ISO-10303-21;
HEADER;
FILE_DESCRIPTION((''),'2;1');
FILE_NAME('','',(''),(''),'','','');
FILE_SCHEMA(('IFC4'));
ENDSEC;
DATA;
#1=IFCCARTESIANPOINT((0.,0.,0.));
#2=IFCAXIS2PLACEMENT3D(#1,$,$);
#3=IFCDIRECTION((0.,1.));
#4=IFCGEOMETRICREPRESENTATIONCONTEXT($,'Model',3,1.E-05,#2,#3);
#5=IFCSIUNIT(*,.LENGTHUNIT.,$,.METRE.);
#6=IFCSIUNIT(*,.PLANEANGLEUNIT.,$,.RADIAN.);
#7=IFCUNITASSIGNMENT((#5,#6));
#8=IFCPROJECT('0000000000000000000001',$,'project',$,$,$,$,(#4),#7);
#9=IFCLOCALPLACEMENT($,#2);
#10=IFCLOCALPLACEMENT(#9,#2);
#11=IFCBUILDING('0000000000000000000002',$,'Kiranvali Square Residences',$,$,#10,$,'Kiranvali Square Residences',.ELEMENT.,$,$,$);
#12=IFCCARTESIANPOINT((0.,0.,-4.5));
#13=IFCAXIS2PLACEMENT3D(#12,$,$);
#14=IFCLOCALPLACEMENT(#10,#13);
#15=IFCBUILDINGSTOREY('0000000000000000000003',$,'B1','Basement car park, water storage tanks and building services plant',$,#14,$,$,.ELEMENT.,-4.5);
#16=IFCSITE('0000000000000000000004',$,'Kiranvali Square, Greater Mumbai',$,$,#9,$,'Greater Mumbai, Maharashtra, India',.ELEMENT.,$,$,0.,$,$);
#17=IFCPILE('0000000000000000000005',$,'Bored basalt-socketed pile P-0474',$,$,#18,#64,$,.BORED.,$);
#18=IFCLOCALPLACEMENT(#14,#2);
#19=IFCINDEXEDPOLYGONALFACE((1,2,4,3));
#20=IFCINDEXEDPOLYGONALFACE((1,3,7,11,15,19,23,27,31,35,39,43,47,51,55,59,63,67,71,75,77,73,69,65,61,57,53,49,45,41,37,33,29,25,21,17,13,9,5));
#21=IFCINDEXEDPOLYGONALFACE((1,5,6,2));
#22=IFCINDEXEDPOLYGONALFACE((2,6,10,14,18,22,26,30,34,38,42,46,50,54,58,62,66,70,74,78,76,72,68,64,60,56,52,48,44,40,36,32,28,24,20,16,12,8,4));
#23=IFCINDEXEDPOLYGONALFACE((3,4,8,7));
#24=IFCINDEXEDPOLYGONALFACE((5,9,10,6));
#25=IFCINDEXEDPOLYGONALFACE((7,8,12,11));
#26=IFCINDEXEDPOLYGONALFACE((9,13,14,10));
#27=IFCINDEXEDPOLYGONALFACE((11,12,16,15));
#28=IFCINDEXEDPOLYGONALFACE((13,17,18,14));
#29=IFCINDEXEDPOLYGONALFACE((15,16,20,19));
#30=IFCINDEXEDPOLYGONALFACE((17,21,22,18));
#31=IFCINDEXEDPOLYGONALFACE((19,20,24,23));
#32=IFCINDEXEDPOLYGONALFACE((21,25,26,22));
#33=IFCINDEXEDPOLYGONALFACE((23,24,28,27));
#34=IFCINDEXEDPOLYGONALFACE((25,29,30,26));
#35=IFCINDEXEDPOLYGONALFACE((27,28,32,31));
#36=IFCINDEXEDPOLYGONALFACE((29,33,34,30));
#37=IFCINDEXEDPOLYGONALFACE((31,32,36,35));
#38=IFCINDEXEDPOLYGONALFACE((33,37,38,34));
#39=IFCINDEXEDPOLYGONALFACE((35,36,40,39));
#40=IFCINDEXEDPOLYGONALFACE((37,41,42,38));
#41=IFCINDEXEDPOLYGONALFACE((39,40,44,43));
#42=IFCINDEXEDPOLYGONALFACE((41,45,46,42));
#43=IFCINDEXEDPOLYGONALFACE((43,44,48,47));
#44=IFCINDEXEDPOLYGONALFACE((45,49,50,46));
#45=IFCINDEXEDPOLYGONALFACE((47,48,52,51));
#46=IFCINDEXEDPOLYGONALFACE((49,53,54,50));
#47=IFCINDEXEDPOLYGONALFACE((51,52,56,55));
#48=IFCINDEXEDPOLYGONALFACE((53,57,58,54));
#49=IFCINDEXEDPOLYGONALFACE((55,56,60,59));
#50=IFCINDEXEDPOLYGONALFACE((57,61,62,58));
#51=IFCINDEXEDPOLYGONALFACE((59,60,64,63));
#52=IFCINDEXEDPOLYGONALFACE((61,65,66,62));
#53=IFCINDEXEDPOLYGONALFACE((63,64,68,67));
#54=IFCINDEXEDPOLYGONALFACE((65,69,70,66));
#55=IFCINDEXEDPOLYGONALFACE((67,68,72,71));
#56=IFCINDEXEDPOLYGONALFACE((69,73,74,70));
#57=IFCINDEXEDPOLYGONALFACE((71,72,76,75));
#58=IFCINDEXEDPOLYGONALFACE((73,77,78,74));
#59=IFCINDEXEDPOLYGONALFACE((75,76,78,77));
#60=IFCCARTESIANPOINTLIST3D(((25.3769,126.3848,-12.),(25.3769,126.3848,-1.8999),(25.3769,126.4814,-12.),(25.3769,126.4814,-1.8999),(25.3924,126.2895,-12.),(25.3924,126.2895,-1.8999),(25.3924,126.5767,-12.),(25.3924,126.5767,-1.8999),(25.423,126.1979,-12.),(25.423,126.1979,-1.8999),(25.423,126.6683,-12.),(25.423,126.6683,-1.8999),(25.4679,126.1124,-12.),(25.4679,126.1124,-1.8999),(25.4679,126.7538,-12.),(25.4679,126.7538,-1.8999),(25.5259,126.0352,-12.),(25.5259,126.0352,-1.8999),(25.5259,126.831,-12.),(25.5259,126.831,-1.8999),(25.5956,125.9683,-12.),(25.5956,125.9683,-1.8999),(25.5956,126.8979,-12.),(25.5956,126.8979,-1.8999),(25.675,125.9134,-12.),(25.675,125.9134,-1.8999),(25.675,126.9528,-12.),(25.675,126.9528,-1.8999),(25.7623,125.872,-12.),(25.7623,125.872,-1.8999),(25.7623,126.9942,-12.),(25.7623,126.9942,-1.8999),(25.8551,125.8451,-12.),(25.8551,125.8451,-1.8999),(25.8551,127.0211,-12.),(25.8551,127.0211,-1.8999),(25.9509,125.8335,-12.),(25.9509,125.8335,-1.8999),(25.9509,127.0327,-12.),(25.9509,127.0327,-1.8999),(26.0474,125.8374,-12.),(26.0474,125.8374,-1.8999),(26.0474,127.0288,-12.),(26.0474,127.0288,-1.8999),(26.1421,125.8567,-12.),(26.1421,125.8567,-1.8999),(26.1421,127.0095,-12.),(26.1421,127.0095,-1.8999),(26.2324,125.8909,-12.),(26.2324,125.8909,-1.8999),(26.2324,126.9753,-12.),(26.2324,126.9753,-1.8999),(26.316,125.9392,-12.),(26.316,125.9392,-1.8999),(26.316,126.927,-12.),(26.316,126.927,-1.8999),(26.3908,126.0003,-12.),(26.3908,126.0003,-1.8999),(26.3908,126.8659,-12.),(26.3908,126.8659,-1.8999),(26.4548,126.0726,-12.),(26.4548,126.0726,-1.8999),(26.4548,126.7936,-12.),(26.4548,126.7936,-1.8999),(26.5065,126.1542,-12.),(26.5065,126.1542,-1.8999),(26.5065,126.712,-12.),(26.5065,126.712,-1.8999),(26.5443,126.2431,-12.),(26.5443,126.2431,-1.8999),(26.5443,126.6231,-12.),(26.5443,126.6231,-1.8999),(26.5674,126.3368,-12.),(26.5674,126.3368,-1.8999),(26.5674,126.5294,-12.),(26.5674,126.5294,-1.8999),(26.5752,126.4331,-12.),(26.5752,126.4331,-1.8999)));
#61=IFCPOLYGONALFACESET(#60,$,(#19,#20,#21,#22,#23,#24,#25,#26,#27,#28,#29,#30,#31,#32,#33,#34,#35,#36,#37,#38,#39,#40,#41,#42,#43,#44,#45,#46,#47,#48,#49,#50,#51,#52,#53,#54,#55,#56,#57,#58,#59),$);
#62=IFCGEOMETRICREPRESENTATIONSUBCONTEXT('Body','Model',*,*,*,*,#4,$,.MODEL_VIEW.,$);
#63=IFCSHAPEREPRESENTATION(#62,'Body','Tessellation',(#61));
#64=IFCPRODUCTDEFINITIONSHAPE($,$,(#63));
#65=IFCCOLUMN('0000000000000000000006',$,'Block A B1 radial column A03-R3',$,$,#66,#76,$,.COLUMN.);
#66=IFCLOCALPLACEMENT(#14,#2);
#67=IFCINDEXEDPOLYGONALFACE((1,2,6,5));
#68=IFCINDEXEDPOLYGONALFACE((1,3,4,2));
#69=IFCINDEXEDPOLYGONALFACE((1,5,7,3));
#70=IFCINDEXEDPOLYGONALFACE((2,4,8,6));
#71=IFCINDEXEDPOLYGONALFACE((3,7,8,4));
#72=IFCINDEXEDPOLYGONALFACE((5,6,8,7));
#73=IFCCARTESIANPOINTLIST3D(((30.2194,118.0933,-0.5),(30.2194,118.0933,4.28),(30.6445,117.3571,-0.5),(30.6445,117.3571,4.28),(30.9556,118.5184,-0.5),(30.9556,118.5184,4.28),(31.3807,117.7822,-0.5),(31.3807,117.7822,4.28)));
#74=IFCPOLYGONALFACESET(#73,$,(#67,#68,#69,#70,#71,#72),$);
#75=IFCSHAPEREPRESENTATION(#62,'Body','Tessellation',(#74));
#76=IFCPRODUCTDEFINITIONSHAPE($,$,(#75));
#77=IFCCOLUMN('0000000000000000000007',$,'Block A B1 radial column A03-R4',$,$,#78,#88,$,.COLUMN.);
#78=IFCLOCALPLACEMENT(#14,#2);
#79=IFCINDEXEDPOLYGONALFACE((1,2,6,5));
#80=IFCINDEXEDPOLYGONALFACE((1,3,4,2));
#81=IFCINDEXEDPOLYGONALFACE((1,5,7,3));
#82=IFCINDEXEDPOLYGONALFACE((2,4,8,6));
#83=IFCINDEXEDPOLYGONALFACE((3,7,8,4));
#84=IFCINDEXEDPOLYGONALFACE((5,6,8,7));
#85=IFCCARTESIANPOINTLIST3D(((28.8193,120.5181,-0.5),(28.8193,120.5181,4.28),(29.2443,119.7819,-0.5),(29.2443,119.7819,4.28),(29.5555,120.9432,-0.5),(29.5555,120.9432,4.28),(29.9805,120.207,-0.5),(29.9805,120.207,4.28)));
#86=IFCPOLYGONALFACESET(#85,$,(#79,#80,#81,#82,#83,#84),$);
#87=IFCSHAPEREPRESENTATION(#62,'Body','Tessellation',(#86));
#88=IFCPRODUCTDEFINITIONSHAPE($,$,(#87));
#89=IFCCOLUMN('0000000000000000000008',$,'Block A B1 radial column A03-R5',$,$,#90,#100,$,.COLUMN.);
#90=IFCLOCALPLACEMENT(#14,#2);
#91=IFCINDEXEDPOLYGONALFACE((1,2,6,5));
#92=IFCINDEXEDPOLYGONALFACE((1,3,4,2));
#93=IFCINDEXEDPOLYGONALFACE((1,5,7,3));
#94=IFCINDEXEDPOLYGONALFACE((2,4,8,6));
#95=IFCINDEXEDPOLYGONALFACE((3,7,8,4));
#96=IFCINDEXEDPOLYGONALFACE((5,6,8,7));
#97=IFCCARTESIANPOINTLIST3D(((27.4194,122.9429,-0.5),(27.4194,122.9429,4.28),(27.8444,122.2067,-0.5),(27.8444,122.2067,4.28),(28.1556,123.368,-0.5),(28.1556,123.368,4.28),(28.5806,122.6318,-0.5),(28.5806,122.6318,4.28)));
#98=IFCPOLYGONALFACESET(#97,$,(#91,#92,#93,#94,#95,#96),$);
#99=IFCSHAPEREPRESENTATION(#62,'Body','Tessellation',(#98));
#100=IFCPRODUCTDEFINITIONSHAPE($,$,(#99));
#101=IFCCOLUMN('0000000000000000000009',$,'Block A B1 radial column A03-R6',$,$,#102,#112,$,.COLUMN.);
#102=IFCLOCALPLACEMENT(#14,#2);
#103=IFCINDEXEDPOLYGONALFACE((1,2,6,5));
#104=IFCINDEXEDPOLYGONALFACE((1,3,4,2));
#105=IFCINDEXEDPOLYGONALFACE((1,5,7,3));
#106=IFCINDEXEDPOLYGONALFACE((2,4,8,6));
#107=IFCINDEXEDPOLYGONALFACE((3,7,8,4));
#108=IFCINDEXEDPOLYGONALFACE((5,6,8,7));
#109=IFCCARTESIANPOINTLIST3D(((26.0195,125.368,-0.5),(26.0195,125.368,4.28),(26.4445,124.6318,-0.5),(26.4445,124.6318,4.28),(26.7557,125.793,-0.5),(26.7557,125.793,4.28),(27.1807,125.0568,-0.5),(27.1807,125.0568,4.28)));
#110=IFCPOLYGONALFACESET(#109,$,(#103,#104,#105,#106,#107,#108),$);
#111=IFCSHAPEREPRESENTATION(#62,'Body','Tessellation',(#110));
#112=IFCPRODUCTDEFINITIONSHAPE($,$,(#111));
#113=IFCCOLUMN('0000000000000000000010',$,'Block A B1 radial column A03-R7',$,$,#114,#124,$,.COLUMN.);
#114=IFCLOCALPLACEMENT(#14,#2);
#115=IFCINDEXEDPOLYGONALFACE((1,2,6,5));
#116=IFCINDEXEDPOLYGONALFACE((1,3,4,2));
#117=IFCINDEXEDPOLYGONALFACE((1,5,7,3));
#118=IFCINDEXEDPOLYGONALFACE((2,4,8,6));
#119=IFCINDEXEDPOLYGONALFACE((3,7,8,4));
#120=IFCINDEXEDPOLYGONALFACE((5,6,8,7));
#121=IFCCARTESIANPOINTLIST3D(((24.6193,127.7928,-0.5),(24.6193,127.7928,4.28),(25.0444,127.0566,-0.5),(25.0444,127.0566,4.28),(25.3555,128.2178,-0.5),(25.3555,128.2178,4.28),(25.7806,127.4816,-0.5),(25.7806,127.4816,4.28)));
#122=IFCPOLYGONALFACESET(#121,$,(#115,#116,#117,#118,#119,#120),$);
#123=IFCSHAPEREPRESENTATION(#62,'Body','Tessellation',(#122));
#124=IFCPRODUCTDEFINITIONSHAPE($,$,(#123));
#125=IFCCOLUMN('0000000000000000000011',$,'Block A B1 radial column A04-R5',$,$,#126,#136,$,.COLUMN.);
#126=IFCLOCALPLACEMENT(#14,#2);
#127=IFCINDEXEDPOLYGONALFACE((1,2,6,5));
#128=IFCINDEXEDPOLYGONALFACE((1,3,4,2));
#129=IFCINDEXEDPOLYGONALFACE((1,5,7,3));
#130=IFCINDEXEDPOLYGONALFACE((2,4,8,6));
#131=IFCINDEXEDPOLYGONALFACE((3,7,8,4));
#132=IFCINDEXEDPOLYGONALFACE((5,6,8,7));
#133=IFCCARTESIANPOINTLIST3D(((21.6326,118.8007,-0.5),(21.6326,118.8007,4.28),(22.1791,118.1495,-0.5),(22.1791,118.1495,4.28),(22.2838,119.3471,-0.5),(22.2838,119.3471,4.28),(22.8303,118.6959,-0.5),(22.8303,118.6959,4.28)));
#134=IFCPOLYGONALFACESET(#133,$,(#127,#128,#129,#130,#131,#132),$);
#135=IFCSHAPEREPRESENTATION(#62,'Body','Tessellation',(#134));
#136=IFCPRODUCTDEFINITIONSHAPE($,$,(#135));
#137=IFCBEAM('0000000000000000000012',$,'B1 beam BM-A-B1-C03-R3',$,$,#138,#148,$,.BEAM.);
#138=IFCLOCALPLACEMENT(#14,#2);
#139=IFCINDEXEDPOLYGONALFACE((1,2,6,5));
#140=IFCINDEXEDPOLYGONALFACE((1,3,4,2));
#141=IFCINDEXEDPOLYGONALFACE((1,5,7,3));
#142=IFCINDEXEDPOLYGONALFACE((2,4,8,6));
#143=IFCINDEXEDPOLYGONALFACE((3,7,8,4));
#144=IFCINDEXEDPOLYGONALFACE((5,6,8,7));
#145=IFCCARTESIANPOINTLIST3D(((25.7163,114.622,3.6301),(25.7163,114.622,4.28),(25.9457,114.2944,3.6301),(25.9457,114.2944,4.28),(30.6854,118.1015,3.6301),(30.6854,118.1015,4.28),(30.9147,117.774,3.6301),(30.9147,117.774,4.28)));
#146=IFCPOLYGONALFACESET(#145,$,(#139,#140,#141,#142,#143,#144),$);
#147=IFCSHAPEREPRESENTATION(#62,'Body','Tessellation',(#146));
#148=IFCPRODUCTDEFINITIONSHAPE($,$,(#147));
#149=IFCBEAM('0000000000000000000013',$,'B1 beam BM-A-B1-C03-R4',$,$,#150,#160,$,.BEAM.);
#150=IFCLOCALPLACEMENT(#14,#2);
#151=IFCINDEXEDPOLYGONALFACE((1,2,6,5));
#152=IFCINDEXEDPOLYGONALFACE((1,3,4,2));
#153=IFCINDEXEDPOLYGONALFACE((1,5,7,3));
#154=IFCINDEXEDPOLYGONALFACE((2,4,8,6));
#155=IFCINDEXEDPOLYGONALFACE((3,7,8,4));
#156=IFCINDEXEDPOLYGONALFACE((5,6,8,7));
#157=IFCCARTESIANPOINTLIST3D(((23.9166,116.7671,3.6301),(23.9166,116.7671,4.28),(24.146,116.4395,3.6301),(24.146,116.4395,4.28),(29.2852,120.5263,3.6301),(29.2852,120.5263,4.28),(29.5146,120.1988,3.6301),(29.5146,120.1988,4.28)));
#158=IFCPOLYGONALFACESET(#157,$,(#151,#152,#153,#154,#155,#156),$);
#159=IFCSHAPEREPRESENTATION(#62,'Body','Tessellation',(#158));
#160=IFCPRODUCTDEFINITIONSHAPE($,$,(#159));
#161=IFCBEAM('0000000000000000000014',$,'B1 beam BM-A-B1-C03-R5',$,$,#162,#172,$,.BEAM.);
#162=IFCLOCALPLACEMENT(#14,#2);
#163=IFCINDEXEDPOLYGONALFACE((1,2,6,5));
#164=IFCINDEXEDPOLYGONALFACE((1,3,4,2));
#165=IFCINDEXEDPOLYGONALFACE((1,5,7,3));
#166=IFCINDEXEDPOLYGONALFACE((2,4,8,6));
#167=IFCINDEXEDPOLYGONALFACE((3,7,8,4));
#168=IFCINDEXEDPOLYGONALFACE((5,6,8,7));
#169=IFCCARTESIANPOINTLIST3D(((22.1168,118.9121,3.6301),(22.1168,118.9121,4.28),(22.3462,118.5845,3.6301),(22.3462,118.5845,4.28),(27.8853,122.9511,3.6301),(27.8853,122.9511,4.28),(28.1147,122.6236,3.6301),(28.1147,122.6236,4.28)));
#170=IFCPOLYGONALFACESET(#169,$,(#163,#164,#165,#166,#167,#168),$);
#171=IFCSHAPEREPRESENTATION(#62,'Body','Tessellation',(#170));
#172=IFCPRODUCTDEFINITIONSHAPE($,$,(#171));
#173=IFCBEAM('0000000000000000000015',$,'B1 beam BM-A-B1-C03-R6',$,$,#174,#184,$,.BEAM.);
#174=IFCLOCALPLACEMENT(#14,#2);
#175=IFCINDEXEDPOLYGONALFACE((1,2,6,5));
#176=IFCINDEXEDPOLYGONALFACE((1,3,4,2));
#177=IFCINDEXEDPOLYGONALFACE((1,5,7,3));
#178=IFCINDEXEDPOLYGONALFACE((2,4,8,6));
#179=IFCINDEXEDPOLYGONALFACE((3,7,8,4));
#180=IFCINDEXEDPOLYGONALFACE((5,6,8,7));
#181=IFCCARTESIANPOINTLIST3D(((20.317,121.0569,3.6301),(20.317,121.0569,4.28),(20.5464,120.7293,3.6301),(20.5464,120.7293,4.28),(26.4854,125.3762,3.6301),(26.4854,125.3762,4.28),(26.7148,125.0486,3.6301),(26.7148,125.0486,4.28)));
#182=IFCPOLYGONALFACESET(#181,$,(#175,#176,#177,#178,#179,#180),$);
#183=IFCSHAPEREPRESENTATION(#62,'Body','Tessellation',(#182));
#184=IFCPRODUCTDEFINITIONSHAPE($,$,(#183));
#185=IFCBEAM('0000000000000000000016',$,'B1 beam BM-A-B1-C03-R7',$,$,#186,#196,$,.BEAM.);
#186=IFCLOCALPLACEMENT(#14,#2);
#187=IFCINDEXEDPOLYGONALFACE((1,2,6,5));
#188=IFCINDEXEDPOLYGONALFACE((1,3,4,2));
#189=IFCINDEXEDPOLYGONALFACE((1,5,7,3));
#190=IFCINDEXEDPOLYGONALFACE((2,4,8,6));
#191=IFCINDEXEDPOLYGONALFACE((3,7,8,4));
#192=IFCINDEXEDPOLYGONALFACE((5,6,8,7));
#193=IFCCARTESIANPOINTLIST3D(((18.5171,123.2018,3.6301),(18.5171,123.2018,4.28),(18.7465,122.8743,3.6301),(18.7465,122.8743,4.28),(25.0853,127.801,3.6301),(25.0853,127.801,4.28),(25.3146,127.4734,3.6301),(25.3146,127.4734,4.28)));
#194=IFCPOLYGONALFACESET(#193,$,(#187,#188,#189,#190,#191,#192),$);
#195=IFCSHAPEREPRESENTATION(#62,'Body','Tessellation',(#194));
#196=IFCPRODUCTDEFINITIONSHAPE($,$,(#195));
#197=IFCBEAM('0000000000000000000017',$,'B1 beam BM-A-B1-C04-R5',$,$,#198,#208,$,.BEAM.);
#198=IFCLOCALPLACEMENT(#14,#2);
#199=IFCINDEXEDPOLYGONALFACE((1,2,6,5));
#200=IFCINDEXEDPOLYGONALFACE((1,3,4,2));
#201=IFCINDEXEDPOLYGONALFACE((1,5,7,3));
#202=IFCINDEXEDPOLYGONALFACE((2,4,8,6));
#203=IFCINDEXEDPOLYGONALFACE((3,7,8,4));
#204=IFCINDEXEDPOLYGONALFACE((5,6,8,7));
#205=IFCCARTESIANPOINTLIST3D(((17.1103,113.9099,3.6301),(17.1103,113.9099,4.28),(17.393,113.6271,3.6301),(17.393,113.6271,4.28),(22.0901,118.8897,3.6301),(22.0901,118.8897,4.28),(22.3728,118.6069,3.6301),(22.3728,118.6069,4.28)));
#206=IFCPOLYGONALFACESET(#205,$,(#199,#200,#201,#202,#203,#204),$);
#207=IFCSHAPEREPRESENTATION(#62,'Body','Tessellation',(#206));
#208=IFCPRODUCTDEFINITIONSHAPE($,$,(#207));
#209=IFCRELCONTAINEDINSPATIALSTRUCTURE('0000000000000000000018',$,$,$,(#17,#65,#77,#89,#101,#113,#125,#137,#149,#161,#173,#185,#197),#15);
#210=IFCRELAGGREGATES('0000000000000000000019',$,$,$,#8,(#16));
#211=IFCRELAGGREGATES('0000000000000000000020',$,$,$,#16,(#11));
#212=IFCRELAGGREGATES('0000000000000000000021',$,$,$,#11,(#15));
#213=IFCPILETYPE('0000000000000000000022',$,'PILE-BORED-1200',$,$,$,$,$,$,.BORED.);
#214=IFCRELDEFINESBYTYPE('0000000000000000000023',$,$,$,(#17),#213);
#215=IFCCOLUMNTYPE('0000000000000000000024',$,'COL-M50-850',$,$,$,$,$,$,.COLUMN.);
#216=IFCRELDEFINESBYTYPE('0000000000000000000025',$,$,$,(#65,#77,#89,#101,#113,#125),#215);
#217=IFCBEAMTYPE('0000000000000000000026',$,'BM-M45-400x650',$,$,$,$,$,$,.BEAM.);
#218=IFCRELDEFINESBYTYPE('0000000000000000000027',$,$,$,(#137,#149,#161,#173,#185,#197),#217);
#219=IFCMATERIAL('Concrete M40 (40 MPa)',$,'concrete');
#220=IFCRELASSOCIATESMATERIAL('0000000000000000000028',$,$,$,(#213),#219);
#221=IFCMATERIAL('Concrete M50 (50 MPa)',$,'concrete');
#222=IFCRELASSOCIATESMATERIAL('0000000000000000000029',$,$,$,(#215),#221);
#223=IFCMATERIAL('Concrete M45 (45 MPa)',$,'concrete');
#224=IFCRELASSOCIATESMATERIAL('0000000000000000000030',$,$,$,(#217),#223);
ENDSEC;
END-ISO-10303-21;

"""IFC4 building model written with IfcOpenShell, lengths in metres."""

from ifc_helpers import new_model, si_unit, direction, frame, origin, origin_2d, place, context, subcontext, project, spatial, rectangle, circle, extrude, material, material_profile, profile_set, type_object, element, save


model = new_model("IFC4")

# Units and contexts
model_context = context("Model", 3, precision=1e-05, world=origin(), true_north=direction((0.0, 1.0)))
body_context = subcontext(model_context, "Body", "Model", "MODEL_VIEW")
ifc_project = project(units=[si_unit("LENGTHUNIT", "METRE"), si_unit("PLANEANGLEUNIT", "RADIAN")], contexts=[model_context])

# Site, building, storey
site_placement = place(None, origin())
site = spatial("IfcSite", under=ifc_project, at=site_placement, Name="Kiranvali Square, Greater Mumbai", LongName="Greater Mumbai, Maharashtra, India", CompositionType="ELEMENT", RefElevation=0.0)
building_placement = place(site_placement, origin())
building = spatial("IfcBuilding", under=site, at=building_placement, Name="Kiranvali Square Residences", LongName="Kiranvali Square Residences", CompositionType="ELEMENT")
storey_placement = place(building_placement, frame((0.0, 0.0, -4.5)))
storey = spatial("IfcBuildingStorey", under=building, at=storey_placement, Name="B1", Description="Basement car park, water storage tanks and building services plant", CompositionType="ELEMENT", Elevation=-4.5)

# Shared definitions
ifc_material_1 = material(Name="Concrete M40 (40 MPa)", Category="concrete")

# Pile
ifc_material_profile_1 = material_profile(ifc_material_1, circle(Radius=0.6001, at=origin_2d()), Name="BORED PILE 1200")
ifc_profile_set_1 = profile_set([ifc_material_profile_1], Name="Concrete M40 (40 MPa)")
pile_type = type_object("IfcPileType", Name="PILE-BORED-1200", PredefinedType="BORED", material=ifc_profile_set_1)
pile_placement = place(storey_placement, frame((25.9751, 126.4331, -1.8999), z_axis=(0.0, 0.0, -1.0), x_axis=(1.0, 0.0, 0.0)))
element("IfcPile", 1, at=pile_placement, inside=storey, type_object=pile_type, Name="Bored basalt-socketed pile P-0474", PredefinedType="BORED", context=body_context, shape_type="SweptSolid", body=[
    extrude(circle(Radius=0.6001, at=origin_2d()), origin(), (0.0, 0.0, 1.0), 10.1001),
])

# Columns
ifc_material_2 = material(Name="Concrete M50 (50 MPa)", Category="concrete")
ifc_material_profile_2 = material_profile(ifc_material_2, rectangle(XDim=0.8501, YDim=0.8501, at=origin_2d()), Name="RC 850x850")
ifc_profile_set_2 = profile_set([ifc_material_profile_2], Name="Concrete M50 (50 MPa)")
column_type = type_object("IfcColumnType", Name="COL-M50-850", PredefinedType="COLUMN", material=ifc_profile_set_2)
for number, where, z_axis, x_axis, name in (
    (2, (30.8, 117.9377, -0.5), (0.0, 0.0, 1.0), (0.866025, 0.5, 0.0), "Block A B1 radial column A03-R3"),
    (3, (29.3999, 120.3625, -0.5), (0.0, 0.0, 1.0), (0.866025, 0.5, 0.0), "Block A B1 radial column A03-R4"),
    (4, (28.0, 122.7874, -0.5), (0.0, 0.0, 1.0), (0.866025, 0.5, 0.0), "Block A B1 radial column A03-R5"),
    (5, (26.6001, 125.2124, -0.5), (0.0, 0.0, 1.0), (0.866025, 0.5, 0.0), "Block A B1 radial column A03-R6"),
    (6, (25.2, 127.6372, -0.5), (0.0, 0.0, 1.0), (0.866025, 0.5, 0.0), "Block A B1 radial column A03-R7"),
    (7, (22.2314, 118.7483, -0.5), (0.0, 0.0, 1.0), (0.766044, 0.642788, 0.0), "Block A B1 radial column A04-R5"),
):
    element("IfcColumn", number, at=place(storey_placement, frame(where, z_axis=z_axis, x_axis=x_axis)), inside=storey, type_object=column_type, Name=name, PredefinedType="COLUMN", context=body_context, shape_type="SweptSolid", body=[
        extrude(rectangle(XDim=0.8501, YDim=0.8501, at=origin_2d()), origin(), (0.0, 0.0, 1.0), 4.78),
    ])

# Beams
ifc_material_3 = material(Name="Concrete M45 (45 MPa)", Category="concrete")
ifc_material_profile_3 = material_profile(ifc_material_3, rectangle(XDim=0.3999, YDim=0.6499, at=origin_2d()), Name="RC 400x650")
ifc_profile_set_3 = profile_set([ifc_material_profile_3], Name="Concrete M45 (45 MPa)")
beam_type = type_object("IfcBeamType", Name="BM-M45-400x650", PredefinedType="BEAM", material=ifc_profile_set_3)
beam_1_placement = place(storey_placement, frame((30.8, 117.9377, 3.9551), z_axis=(-0.819139, -0.573595, 0.0), x_axis=(0.573595, -0.819139, 0.0)))
element("IfcBeam", 8, at=beam_1_placement, inside=storey, type_object=beam_type, Name="B1 beam BM-A-B1-C03-R3", PredefinedType="BEAM", context=body_context, shape_type="SweptSolid", body=[
    extrude(rectangle(XDim=0.3999, YDim=0.6499, at=origin_2d()), origin(), (0.0, 0.0, 1.0), 6.0662),
])
beam_2_placement = place(storey_placement, frame((29.3999, 120.3625, 3.9551), z_axis=(-0.819144, -0.573587, 0.0), x_axis=(0.573587, -0.819144, 0.0)))
element("IfcBeam", 9, at=beam_2_placement, inside=storey, type_object=beam_type, Name="B1 beam BM-A-B1-C03-R4", PredefinedType="BEAM", context=body_context, shape_type="SweptSolid", body=[
    extrude(rectangle(XDim=0.3999, YDim=0.6499, at=origin_2d()), origin(), (0.0, 0.0, 1.0), 6.554),
])
beam_3_placement = place(storey_placement, frame((28.0, 122.7874, 3.9551), z_axis=(-0.81916, -0.573565, 0.0), x_axis=(0.573565, -0.81916, 0.0)))
element("IfcBeam", 10, at=beam_3_placement, inside=storey, type_object=beam_type, Name="B1 beam BM-A-B1-C03-R5", PredefinedType="BEAM", context=body_context, shape_type="SweptSolid", body=[
    extrude(rectangle(XDim=0.3999, YDim=0.6499, at=origin_2d()), origin(), (0.0, 0.0, 1.0), 7.042),
])
beam_4_placement = place(storey_placement, frame((26.6001, 125.2124, 3.9551), z_axis=(-0.819144, -0.573589, 0.0), x_axis=(0.573589, -0.819144, 0.0)))
element("IfcBeam", 11, at=beam_4_placement, inside=storey, type_object=beam_type, Name="B1 beam BM-A-B1-C03-R6", PredefinedType="BEAM", context=body_context, shape_type="SweptSolid", body=[
    extrude(rectangle(XDim=0.3999, YDim=0.6499, at=origin_2d()), origin(), (0.0, 0.0, 1.0), 7.5303),
])
beam_5_placement = place(storey_placement, frame((25.2, 127.6372, 3.9551), z_axis=(-0.819148, -0.573583, 0.0), x_axis=(0.573583, -0.819148, 0.0)))
element("IfcBeam", 12, at=beam_5_placement, inside=storey, type_object=beam_type, Name="B1 beam BM-A-B1-C03-R7", PredefinedType="BEAM", context=body_context, shape_type="SweptSolid", body=[
    extrude(rectangle(XDim=0.3999, YDim=0.6499, at=origin_2d()), origin(), (0.0, 0.0, 1.0), 8.0183),
])
beam_6_placement = place(storey_placement, frame((22.2314, 118.7483, 3.9551), z_axis=(-0.707107, -0.707107, 0.0), x_axis=(0.707107, -0.707107, 0.0)))
element("IfcBeam", 13, at=beam_6_placement, inside=storey, type_object=beam_type, Name="B1 beam BM-A-B1-C04-R5", PredefinedType="BEAM", context=body_context, shape_type="SweptSolid", body=[
    extrude(rectangle(XDim=0.3999, YDim=0.6499, at=origin_2d()), origin(), (0.0, 0.0, 1.0), 7.0425),
])

save(model, "model.ifc")
